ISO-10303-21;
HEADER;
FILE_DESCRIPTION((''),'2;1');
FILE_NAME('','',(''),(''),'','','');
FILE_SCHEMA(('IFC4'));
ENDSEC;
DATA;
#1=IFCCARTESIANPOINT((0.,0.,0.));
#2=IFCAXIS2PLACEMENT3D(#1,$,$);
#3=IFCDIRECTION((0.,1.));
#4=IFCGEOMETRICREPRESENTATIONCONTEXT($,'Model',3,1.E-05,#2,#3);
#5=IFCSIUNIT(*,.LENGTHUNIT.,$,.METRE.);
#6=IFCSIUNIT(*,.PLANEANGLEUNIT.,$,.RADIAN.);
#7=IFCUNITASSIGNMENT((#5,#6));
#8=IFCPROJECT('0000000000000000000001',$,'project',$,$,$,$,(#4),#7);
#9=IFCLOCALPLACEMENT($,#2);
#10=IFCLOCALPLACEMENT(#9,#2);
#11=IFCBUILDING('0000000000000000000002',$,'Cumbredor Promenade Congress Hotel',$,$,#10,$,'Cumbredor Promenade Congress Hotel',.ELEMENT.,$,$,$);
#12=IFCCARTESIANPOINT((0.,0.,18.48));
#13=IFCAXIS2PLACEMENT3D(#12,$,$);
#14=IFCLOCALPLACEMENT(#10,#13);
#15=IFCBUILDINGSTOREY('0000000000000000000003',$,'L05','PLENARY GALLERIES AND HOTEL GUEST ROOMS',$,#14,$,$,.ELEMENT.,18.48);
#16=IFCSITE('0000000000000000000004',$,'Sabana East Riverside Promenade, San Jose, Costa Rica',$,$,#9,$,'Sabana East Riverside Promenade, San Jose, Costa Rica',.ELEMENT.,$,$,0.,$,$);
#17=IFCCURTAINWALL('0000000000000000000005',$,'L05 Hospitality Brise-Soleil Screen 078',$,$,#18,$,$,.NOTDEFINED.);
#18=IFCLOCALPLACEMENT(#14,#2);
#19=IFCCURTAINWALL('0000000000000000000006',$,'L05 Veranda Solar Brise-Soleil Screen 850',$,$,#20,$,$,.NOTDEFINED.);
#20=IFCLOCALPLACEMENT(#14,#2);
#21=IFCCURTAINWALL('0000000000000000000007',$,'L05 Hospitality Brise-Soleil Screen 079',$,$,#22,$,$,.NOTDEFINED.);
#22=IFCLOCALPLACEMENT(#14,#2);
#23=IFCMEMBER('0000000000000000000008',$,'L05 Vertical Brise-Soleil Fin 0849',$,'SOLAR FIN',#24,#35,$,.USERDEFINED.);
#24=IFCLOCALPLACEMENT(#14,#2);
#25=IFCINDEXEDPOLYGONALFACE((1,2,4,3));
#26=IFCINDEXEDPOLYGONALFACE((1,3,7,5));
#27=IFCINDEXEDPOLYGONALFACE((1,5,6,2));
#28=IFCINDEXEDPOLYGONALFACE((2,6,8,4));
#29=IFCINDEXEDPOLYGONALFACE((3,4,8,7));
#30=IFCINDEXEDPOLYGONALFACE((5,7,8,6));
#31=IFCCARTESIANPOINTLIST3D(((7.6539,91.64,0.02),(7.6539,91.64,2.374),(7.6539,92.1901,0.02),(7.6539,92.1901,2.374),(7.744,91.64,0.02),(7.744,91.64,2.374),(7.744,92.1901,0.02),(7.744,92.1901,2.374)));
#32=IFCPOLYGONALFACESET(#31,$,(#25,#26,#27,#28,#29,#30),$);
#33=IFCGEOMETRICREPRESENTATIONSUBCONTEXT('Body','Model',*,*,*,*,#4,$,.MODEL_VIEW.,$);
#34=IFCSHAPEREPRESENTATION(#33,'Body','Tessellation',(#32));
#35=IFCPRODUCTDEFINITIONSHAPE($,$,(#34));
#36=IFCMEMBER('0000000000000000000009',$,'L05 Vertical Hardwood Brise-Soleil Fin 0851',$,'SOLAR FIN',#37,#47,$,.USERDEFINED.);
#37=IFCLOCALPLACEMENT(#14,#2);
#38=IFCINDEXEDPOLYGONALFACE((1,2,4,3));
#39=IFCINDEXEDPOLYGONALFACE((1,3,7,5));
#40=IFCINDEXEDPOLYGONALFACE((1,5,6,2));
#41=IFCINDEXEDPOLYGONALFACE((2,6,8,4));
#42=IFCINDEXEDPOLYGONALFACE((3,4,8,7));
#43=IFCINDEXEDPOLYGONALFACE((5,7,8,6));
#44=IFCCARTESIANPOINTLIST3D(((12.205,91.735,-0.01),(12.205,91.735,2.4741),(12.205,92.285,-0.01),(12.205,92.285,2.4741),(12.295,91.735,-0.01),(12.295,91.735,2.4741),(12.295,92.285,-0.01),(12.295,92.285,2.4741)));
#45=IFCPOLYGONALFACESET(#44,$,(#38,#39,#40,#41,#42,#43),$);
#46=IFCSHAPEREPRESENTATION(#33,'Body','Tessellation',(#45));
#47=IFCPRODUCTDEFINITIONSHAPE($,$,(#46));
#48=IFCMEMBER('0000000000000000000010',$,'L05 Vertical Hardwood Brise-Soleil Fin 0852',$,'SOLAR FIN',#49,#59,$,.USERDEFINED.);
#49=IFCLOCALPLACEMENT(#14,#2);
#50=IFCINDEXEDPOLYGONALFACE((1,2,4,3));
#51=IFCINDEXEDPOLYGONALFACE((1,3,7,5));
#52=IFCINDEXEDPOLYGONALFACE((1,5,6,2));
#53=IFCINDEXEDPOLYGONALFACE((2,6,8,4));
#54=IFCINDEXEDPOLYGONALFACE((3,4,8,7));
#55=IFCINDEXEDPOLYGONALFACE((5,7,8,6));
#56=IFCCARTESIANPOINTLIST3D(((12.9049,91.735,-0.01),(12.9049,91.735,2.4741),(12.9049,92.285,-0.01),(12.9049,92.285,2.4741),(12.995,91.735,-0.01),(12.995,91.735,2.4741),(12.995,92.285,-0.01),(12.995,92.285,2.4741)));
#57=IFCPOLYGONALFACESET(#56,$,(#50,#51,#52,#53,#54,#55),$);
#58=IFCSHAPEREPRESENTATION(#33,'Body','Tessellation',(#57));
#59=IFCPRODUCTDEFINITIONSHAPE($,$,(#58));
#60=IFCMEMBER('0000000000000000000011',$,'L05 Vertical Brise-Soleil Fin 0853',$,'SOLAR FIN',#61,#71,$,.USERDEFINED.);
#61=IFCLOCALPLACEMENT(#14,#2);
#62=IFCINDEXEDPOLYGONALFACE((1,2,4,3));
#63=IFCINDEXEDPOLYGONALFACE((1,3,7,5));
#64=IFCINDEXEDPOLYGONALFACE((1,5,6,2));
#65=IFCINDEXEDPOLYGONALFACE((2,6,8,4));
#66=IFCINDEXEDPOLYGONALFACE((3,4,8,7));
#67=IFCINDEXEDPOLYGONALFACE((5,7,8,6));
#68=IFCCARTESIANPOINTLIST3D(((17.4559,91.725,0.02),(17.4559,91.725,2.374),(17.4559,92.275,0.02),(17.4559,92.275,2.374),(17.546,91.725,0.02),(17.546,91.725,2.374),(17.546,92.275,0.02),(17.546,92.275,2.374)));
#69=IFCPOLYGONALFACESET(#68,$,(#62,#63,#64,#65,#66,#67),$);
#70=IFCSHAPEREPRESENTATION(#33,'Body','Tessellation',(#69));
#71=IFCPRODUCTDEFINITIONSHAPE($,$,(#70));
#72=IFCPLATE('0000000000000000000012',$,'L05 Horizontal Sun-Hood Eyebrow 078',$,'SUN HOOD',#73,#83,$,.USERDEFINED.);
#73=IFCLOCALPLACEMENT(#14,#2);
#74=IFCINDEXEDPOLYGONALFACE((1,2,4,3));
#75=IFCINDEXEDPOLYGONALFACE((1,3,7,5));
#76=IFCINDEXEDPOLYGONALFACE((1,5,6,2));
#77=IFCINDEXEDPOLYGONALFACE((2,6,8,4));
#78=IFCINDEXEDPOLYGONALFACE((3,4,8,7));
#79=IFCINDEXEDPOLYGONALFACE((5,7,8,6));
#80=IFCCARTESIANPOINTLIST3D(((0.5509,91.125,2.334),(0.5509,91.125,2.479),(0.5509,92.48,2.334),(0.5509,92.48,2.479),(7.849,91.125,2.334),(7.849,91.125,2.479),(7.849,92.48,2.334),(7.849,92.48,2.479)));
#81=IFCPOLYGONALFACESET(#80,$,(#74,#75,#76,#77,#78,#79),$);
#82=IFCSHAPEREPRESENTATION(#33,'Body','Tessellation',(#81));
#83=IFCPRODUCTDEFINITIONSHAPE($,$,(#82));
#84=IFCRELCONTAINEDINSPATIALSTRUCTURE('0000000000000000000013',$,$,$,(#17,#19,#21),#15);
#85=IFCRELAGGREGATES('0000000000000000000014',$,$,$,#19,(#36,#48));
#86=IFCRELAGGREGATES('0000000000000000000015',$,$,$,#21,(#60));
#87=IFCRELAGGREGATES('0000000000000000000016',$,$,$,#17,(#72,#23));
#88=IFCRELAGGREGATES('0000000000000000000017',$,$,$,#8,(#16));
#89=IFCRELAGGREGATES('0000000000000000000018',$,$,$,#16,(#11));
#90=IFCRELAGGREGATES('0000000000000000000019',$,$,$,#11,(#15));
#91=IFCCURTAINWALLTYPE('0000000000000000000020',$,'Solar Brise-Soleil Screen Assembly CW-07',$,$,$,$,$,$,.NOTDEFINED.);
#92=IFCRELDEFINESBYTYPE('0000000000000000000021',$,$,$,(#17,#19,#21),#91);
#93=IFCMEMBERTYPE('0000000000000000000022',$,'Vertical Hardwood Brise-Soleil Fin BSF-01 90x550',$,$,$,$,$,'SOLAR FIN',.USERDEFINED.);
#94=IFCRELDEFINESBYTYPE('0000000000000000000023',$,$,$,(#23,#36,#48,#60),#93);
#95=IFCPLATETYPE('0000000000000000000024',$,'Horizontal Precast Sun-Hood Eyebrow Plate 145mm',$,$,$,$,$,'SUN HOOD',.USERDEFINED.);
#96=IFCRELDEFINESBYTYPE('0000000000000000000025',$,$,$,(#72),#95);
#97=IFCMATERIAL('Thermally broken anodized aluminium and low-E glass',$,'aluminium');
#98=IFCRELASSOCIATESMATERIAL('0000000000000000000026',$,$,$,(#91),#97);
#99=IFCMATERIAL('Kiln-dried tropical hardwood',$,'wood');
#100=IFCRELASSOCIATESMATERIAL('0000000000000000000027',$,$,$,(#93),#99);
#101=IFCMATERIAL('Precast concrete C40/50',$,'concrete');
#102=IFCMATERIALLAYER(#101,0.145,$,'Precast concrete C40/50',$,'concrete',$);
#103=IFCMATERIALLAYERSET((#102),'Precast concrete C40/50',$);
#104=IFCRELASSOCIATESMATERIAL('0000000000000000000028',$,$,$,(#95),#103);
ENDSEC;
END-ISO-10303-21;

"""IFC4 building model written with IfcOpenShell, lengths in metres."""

from ifc_helpers import new_model, si_unit, direction, frame, origin, origin_2d, place, context, subcontext, project, spatial, rectangle, extrude, material, layer, layer_set, material_profile, profile_set, type_object, element, aggregate, save


model = new_model("IFC4")

# Units and contexts
model_context = context("Model", 3, precision=1e-05, world=origin(), true_north=direction((0.0, 1.0)))
body_context = subcontext(model_context, "Body", "Model", "MODEL_VIEW")
ifc_project = project(units=[si_unit("LENGTHUNIT", "METRE"), si_unit("PLANEANGLEUNIT", "RADIAN")], contexts=[model_context])

# Site, building, storey
site_placement = place(None, origin())
site = spatial("IfcSite", under=ifc_project, at=site_placement, Name="Sabana East Riverside Promenade, San Jose, Costa Rica", LongName="Sabana East Riverside Promenade, San Jose, Costa Rica", CompositionType="ELEMENT", RefElevation=0.0)
building_placement = place(site_placement, origin())
building = spatial("IfcBuilding", under=site, at=building_placement, Name="Cumbredor Promenade Congress Hotel", LongName="Cumbredor Promenade Congress Hotel", CompositionType="ELEMENT")
storey_placement = place(building_placement, frame((0.0, 0.0, 18.48)))
storey = spatial("IfcBuildingStorey", under=building, at=storey_placement, Name="L05", Description="PLENARY GALLERIES AND HOTEL GUEST ROOMS", CompositionType="ELEMENT", Elevation=18.48)

# Curtain walls
ifc_material_1 = material(Name="Thermally broken anodized aluminium and low-E glass", Category="aluminium")
curtain_wall_type = type_object("IfcCurtainWallType", Name="Solar Brise-Soleil Screen Assembly CW-07", PredefinedType="NOTDEFINED", material=ifc_material_1)
curtain_wall_1_placement = place(storey_placement, origin())
curtain_wall_1 = element("IfcCurtainWall", 1, at=curtain_wall_1_placement, inside=storey, type_object=curtain_wall_type, Name="L05 Hospitality Brise-Soleil Screen 078", PredefinedType="NOTDEFINED")
curtain_wall_2_placement = place(storey_placement, origin())
curtain_wall_2 = element("IfcCurtainWall", 2, at=curtain_wall_2_placement, inside=storey, type_object=curtain_wall_type, Name="L05 Veranda Solar Brise-Soleil Screen 850", PredefinedType="NOTDEFINED")
curtain_wall_3_placement = place(storey_placement, origin())
curtain_wall_3 = element("IfcCurtainWall", 3, at=curtain_wall_3_placement, inside=storey, type_object=curtain_wall_type, Name="L05 Hospitality Brise-Soleil Screen 079", PredefinedType="NOTDEFINED")

# Members
ifc_material_2 = material(Name="Kiln-dried tropical hardwood", Category="wood")
ifc_material_profile_1 = material_profile(ifc_material_2, rectangle(XDim=0.0901, YDim=0.55, at=origin_2d()), Name="ARCH FIN 90x550")
ifc_profile_set_1 = profile_set([ifc_material_profile_1], Name="Kiln-dried tropical hardwood")
member_type_1 = type_object("IfcMemberType", Name="Vertical Hardwood Brise-Soleil Fin BSF-01 90x550", ElementType="SOLAR FIN", PredefinedType="USERDEFINED", material=ifc_profile_set_1)
member_1_placement = place(storey_placement, frame((7.699, 91.915, 0.02), z_axis=(0.0, 0.0, 1.0), x_axis=(1.0, 0.0, 0.0)))
member_1 = element("IfcMember", 4, at=member_1_placement, type_object=member_type_1, Name="L05 Vertical Brise-Soleil Fin 0849", ObjectType="SOLAR FIN", PredefinedType="USERDEFINED", context=body_context, shape_type="SweptSolid", body=[
    extrude(rectangle(XDim=0.0901, YDim=0.55, at=origin_2d()), origin(), (0.0, 0.0, 1.0), 2.354),
])
member_2_placement = place(storey_placement, frame((12.25, 92.01, -0.01), z_axis=(0.0, 0.0, 1.0), x_axis=(1.0, 0.0, 0.0)))
member_2 = element("IfcMember", 5, at=member_2_placement, type_object=member_type_1, Name="L05 Vertical Hardwood Brise-Soleil Fin 0851", ObjectType="SOLAR FIN", PredefinedType="USERDEFINED", context=body_context, shape_type="SweptSolid", body=[
    extrude(rectangle(XDim=0.0901, YDim=0.55, at=origin_2d()), origin(), (0.0, 0.0, 1.0), 2.4841),
])
member_3_placement = place(storey_placement, frame((12.95, 92.01, -0.01), z_axis=(0.0, 0.0, 1.0), x_axis=(1.0, 0.0, 0.0)))
member_3 = element("IfcMember", 6, at=member_3_placement, type_object=member_type_1, Name="L05 Vertical Hardwood Brise-Soleil Fin 0852", ObjectType="SOLAR FIN", PredefinedType="USERDEFINED", context=body_context, shape_type="SweptSolid", body=[
    extrude(rectangle(XDim=0.0901, YDim=0.55, at=origin_2d()), origin(), (0.0, 0.0, 1.0), 2.4841),
])
aggregate(curtain_wall_2, [member_2, member_3])
member_4_placement = place(storey_placement, frame((17.501, 92.0, 0.02), z_axis=(0.0, 0.0, 1.0), x_axis=(1.0, 0.0, 0.0)))
member_4 = element("IfcMember", 7, at=member_4_placement, type_object=member_type_1, Name="L05 Vertical Brise-Soleil Fin 0853", ObjectType="SOLAR FIN", PredefinedType="USERDEFINED", context=body_context, shape_type="SweptSolid", body=[
    extrude(rectangle(XDim=0.0901, YDim=0.55, at=origin_2d()), origin(), (0.0, 0.0, 1.0), 2.354),
])
aggregate(curtain_wall_3, [member_4])

# Plate
ifc_material_3 = material(Name="Precast concrete C40/50", Category="concrete")
ifc_layer = layer(ifc_material_3, 0.145, Name="Precast concrete C40/50", Category="concrete")
ifc_layer_set = layer_set([ifc_layer], Name="Precast concrete C40/50")
plate_type = type_object("IfcPlateType", Name="Horizontal Precast Sun-Hood Eyebrow Plate 145mm", ElementType="SUN HOOD", PredefinedType="USERDEFINED", material=ifc_layer_set)
plate_placement = place(storey_placement, frame((4.2, 91.8025, 2.334), z_axis=(0.0, 0.0, 1.0), x_axis=(1.0, 0.0, 0.0)))
plate = element("IfcPlate", 8, at=plate_placement, type_object=plate_type, Name="L05 Horizontal Sun-Hood Eyebrow 078", ObjectType="SUN HOOD", PredefinedType="USERDEFINED", context=body_context, shape_type="SweptSolid", body=[
    extrude(rectangle(XDim=7.2981, YDim=1.355, at=origin_2d()), origin(), (0.0, 0.0, 1.0), 0.145),
])
aggregate(curtain_wall_1, [plate, member_1])

save(model, "model.ifc")
